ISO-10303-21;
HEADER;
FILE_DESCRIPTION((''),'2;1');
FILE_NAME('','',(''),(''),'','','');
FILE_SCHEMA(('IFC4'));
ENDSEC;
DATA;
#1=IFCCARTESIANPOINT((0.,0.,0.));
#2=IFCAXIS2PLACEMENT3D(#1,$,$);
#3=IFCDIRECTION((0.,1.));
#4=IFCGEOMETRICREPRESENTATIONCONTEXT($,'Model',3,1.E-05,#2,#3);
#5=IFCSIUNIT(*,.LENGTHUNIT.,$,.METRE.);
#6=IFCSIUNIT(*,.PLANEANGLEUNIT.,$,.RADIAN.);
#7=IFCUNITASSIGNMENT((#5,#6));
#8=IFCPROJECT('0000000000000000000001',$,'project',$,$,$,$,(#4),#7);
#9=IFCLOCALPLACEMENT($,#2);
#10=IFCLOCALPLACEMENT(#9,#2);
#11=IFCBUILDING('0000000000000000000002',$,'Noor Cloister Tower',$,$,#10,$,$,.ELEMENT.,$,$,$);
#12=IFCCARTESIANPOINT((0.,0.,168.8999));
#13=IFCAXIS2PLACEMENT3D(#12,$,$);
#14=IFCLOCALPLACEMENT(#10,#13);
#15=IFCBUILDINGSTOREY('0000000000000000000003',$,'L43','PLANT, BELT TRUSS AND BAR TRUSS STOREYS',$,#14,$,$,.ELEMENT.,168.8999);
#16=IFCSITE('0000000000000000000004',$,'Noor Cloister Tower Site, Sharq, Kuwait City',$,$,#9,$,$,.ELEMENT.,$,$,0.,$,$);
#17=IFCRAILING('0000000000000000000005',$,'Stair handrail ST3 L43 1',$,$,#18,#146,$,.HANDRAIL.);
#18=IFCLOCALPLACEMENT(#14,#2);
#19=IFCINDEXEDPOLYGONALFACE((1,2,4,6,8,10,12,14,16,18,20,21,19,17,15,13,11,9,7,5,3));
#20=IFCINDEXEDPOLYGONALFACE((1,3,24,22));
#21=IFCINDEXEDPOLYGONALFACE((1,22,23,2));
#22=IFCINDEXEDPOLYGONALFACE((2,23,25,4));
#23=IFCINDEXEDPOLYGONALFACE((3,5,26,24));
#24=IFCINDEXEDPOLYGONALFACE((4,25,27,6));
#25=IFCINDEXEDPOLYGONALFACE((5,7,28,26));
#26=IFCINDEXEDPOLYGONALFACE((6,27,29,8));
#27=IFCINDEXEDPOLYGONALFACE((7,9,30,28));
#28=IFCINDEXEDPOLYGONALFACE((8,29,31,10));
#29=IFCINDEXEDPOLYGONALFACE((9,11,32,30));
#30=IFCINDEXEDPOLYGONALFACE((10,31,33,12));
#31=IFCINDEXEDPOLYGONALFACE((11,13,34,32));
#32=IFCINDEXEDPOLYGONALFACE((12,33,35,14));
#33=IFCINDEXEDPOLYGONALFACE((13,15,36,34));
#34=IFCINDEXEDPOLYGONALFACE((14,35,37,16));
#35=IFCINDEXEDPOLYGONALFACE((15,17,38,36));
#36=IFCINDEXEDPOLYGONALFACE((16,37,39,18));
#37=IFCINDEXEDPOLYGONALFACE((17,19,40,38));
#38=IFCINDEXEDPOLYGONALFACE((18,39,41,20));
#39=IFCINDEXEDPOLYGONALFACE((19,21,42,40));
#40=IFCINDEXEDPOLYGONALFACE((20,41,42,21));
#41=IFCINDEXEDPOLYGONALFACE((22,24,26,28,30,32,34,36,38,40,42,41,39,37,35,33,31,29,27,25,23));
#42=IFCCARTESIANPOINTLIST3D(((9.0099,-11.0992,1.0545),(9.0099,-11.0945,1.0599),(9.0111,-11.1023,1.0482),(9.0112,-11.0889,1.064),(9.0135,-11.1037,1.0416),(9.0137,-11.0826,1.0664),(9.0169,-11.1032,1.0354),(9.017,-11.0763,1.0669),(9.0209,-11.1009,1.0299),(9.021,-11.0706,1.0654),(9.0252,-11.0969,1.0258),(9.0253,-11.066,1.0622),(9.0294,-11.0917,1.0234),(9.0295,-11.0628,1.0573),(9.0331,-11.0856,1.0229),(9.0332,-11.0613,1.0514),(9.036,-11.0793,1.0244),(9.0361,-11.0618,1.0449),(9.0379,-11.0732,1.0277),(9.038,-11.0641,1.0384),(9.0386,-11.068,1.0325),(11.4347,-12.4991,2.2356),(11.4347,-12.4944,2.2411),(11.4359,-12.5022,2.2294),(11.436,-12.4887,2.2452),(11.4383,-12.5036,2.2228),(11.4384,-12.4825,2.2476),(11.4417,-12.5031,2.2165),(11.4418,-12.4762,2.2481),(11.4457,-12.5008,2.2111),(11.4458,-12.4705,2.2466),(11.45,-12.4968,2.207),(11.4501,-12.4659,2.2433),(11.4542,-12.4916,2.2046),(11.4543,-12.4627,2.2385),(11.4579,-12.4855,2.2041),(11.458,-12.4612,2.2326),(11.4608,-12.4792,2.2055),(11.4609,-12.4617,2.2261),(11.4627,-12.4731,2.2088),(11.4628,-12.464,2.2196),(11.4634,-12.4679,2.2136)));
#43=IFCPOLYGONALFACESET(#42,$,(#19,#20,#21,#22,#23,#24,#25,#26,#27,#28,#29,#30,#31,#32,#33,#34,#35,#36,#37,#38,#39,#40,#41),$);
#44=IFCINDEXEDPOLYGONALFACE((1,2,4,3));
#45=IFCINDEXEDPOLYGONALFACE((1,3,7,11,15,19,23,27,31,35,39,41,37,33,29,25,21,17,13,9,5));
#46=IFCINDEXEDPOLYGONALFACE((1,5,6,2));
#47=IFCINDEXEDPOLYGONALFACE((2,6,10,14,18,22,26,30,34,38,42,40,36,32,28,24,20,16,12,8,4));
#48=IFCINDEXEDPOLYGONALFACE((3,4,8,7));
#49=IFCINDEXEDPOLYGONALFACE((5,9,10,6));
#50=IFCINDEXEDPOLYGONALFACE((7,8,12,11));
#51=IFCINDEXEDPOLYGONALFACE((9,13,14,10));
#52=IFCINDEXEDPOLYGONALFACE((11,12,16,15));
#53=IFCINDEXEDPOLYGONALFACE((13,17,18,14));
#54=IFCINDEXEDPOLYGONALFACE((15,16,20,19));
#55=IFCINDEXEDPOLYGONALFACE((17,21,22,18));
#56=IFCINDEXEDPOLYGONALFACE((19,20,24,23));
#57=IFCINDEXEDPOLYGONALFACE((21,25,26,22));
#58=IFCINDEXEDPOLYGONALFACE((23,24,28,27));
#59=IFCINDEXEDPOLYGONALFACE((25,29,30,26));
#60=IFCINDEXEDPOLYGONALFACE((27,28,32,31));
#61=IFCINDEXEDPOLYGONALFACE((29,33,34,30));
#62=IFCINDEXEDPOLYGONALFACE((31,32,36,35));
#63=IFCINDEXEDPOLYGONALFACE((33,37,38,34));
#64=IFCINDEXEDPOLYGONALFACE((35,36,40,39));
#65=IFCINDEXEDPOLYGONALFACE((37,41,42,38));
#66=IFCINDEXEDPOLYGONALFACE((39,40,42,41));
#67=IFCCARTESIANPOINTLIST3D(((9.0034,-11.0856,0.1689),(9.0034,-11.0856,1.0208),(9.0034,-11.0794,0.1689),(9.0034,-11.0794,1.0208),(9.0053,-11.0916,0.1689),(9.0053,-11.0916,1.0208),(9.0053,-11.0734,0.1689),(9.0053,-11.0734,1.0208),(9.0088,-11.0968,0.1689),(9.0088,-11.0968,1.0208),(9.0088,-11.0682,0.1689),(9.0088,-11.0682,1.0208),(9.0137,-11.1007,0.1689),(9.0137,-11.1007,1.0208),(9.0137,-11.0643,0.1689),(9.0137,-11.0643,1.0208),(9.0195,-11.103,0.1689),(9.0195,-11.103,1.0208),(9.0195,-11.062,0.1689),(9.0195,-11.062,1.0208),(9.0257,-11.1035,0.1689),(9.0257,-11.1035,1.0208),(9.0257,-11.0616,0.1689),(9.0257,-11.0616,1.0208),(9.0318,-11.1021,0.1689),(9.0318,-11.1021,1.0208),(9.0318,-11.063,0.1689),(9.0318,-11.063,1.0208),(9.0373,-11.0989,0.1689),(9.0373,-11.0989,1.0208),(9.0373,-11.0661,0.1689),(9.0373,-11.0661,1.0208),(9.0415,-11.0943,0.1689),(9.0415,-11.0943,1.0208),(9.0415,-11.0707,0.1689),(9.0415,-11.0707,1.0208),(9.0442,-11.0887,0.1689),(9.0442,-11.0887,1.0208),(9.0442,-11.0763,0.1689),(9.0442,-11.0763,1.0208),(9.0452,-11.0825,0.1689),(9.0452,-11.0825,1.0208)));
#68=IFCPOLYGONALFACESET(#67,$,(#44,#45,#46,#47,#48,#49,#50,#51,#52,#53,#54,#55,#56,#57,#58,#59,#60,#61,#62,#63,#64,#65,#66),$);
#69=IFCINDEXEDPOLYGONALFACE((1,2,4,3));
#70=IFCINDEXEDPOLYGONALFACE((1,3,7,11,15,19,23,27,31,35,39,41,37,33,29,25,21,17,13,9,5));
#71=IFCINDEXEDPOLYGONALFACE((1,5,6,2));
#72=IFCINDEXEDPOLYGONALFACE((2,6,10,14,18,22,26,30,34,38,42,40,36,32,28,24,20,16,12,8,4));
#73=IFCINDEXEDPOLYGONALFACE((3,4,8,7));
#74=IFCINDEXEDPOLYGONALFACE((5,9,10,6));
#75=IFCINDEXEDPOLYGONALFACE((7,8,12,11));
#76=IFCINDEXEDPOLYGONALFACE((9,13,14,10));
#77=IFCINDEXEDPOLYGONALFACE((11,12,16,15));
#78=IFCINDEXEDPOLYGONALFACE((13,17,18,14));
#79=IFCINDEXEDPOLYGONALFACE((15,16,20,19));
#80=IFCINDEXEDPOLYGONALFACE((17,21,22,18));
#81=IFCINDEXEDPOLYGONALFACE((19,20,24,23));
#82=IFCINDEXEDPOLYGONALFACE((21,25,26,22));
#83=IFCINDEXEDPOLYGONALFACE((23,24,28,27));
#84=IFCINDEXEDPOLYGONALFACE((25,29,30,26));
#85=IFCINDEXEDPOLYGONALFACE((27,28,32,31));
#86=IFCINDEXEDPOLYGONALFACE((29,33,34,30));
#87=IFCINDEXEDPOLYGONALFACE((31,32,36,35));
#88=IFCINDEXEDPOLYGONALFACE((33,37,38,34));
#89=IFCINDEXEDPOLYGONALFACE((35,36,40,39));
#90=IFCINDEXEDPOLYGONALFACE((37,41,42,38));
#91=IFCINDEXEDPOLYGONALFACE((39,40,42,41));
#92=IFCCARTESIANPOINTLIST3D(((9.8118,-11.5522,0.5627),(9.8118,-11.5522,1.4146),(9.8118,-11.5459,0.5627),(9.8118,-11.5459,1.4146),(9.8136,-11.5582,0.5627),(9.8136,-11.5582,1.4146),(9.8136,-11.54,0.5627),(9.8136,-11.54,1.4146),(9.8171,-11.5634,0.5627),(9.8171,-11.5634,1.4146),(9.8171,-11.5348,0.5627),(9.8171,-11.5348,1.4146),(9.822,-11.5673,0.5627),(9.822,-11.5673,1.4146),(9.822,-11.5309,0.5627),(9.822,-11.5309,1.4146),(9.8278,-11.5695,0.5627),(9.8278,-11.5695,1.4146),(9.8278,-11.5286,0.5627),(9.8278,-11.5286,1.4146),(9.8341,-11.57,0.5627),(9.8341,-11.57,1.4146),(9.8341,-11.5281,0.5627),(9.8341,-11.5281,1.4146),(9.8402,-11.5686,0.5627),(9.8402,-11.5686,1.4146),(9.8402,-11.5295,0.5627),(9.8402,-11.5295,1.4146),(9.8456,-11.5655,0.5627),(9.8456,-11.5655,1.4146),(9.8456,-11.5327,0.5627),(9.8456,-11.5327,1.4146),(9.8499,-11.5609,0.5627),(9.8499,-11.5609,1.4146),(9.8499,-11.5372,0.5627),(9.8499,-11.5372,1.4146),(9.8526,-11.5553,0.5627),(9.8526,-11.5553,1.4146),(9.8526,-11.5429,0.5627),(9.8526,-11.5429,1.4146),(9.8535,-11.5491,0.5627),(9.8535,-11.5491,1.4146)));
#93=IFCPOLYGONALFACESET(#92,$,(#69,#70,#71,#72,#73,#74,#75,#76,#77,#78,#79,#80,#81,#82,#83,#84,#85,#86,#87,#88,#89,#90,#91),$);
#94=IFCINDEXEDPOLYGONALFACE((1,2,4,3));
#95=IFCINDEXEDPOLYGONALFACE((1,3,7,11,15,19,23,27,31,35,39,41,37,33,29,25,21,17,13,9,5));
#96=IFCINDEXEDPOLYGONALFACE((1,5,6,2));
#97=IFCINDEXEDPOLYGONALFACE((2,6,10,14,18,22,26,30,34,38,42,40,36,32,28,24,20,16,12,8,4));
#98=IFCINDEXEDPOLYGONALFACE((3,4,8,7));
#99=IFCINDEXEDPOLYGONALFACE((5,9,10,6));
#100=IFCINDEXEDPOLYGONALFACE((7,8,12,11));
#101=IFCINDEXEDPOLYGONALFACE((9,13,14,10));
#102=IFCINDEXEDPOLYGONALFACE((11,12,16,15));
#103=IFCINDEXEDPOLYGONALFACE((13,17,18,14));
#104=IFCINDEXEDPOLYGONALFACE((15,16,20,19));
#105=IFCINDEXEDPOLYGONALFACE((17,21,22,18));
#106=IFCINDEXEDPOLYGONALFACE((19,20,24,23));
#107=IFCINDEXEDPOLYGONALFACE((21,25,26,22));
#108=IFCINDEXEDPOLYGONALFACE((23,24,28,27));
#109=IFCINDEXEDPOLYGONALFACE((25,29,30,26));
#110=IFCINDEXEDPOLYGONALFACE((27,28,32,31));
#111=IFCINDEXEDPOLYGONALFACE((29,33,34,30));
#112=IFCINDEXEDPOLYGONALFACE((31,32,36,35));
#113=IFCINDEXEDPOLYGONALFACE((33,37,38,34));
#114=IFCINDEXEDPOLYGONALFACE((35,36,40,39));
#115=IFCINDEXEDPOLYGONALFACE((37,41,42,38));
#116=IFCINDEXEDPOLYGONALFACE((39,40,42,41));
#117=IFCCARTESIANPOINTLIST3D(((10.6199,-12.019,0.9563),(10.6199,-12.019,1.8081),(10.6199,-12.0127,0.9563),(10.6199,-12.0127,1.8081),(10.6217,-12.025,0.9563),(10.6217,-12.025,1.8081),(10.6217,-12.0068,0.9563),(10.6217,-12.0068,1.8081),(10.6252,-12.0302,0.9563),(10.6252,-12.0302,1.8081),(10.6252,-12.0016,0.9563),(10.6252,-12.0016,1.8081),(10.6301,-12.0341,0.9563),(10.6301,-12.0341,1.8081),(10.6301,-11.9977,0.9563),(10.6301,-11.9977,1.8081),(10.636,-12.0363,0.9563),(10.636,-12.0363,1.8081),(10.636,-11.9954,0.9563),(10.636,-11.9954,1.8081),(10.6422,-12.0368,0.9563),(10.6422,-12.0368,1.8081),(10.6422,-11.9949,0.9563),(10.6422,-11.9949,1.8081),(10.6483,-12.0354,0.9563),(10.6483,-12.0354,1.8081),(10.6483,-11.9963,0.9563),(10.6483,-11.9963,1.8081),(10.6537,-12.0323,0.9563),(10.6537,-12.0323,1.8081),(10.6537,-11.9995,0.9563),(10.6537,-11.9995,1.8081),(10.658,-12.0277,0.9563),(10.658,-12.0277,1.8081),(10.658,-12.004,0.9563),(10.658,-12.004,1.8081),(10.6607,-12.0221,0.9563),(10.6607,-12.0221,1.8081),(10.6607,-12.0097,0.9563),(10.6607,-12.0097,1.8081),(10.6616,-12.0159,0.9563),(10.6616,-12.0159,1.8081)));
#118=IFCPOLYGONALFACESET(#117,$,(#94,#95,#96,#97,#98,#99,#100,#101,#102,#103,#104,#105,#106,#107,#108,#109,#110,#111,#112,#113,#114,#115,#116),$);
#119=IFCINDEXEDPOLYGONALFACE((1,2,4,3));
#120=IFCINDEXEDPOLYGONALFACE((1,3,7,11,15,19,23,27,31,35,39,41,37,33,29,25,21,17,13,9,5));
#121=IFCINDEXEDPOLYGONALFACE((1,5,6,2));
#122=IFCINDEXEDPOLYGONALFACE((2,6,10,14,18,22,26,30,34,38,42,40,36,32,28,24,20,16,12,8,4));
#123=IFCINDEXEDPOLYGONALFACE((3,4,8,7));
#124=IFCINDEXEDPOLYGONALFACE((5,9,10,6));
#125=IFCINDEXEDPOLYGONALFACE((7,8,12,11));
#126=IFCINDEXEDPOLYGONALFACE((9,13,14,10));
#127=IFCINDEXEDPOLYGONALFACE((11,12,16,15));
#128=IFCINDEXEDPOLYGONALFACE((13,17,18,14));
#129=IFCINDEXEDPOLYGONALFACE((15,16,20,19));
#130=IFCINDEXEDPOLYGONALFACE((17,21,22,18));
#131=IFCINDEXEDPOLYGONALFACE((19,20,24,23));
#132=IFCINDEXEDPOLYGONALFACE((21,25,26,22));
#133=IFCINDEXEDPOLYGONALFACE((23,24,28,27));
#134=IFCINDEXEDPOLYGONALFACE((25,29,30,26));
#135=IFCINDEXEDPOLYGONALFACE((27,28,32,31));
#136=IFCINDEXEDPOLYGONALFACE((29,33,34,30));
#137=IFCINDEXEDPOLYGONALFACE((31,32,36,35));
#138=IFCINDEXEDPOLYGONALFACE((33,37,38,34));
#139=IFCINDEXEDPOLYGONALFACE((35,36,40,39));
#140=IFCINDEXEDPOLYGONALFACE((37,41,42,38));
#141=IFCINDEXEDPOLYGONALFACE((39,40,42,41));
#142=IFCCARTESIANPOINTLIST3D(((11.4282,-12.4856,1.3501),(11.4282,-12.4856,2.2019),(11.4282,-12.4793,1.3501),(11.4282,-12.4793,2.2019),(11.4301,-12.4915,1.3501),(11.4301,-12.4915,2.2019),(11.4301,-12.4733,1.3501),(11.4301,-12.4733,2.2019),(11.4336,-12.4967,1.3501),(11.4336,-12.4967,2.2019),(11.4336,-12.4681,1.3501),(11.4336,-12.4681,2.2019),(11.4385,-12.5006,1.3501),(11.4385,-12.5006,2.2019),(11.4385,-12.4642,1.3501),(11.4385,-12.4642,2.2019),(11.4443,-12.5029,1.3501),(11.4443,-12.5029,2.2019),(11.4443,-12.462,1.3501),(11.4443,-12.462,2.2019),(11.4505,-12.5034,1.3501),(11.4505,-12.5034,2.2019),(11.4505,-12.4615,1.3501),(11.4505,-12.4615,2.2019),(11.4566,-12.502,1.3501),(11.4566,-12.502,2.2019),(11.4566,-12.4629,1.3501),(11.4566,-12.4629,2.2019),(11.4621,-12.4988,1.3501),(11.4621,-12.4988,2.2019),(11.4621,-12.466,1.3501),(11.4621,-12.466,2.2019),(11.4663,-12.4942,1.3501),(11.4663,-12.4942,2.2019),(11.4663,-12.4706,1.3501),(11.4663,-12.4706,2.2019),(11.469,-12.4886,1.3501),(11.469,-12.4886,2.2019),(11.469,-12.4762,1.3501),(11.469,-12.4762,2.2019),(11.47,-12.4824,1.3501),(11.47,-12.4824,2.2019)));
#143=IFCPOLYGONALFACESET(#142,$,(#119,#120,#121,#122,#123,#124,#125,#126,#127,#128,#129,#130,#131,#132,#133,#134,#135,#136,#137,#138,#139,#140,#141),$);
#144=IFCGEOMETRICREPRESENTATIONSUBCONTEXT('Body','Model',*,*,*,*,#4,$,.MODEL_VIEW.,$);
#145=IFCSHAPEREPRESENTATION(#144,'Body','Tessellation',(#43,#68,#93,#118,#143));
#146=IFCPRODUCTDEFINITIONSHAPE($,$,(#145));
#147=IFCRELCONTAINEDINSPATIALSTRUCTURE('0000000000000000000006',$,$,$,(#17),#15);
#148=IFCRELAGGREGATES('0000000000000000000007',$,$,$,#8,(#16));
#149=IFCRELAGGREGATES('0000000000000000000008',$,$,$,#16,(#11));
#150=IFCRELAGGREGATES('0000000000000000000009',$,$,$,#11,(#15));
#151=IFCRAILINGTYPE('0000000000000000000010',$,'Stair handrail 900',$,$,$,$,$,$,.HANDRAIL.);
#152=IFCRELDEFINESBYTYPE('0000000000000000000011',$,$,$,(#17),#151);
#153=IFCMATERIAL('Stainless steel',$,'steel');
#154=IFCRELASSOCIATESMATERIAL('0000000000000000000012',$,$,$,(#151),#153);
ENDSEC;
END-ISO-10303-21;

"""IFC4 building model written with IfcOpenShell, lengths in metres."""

from ifc_helpers import new_model, si_unit, direction, frame, origin, origin_2d, place, context, subcontext, project, spatial, circle, extrude, material, type_object, element, save


model = new_model("IFC4")

# Units and contexts
model_context = context("Model", 3, precision=1e-05, world=origin(), true_north=direction((0.0, 1.0)))
body_context = subcontext(model_context, "Body", "Model", "MODEL_VIEW")
ifc_project = project(units=[si_unit("LENGTHUNIT", "METRE"), si_unit("PLANEANGLEUNIT", "RADIAN")], contexts=[model_context])

# Site, building, storey
site_placement = place(None, origin())
site = spatial("IfcSite", under=ifc_project, at=site_placement, Name="Noor Cloister Tower Site, Sharq, Kuwait City", CompositionType="ELEMENT", RefElevation=0.0)
building_placement = place(site_placement, origin())
building = spatial("IfcBuilding", under=site, at=building_placement, Name="Noor Cloister Tower", CompositionType="ELEMENT")
storey_placement = place(building_placement, frame((0.0, 0.0, 168.8999)))
storey = spatial("IfcBuildingStorey", under=building, at=storey_placement, Name="L43", Description="PLANT, BELT TRUSS AND BAR TRUSS STOREYS", CompositionType="ELEMENT", Elevation=168.8999)

# Railing
ifc_material_1 = material(Name="Stainless steel", Category="steel")
railing_type_1 = type_object("IfcRailingType", Name="Stair handrail 900", PredefinedType="HANDRAIL", material=ifc_material_1)
railing_1_placement = place(storey_placement, frame((9.0242, -11.0825, 0.1689)))
element("IfcRailing", 1, at=railing_1_placement, inside=storey, type_object=railing_type_1, Name="Stair handrail ST3 L43 1", PredefinedType="HANDRAIL", context=body_context, shape_type="SweptSolid", body=[
    extrude(circle(Radius=0.0239, at=origin_2d()), frame((0.0, 0.0, 0.876), z_axis=(0.797939, -0.460671, 0.388686), x_axis=(0.499984, 0.866035, 0.0)), (0.0, 0.0, 1.0), 3.0388),
    extrude(circle(Radius=0.021, at=origin_2d()), origin(), (0.0, 0.0, 1.0), 0.8518),
    extrude(circle(Radius=0.021, at=origin_2d()), frame((0.8083, -0.4666, 0.3938)), (0.0, 0.0, 1.0), 0.8518),
    extrude(circle(Radius=0.021, at=origin_2d()), frame((1.6165, -0.9333, 0.7874)), (0.0, 0.0, 1.0), 0.8518),
    extrude(circle(Radius=0.021, at=origin_2d()), frame((2.4248, -1.3999, 1.1812)), (0.0, 0.0, 1.0), 0.8518),
])

save(model, "model.ifc")
